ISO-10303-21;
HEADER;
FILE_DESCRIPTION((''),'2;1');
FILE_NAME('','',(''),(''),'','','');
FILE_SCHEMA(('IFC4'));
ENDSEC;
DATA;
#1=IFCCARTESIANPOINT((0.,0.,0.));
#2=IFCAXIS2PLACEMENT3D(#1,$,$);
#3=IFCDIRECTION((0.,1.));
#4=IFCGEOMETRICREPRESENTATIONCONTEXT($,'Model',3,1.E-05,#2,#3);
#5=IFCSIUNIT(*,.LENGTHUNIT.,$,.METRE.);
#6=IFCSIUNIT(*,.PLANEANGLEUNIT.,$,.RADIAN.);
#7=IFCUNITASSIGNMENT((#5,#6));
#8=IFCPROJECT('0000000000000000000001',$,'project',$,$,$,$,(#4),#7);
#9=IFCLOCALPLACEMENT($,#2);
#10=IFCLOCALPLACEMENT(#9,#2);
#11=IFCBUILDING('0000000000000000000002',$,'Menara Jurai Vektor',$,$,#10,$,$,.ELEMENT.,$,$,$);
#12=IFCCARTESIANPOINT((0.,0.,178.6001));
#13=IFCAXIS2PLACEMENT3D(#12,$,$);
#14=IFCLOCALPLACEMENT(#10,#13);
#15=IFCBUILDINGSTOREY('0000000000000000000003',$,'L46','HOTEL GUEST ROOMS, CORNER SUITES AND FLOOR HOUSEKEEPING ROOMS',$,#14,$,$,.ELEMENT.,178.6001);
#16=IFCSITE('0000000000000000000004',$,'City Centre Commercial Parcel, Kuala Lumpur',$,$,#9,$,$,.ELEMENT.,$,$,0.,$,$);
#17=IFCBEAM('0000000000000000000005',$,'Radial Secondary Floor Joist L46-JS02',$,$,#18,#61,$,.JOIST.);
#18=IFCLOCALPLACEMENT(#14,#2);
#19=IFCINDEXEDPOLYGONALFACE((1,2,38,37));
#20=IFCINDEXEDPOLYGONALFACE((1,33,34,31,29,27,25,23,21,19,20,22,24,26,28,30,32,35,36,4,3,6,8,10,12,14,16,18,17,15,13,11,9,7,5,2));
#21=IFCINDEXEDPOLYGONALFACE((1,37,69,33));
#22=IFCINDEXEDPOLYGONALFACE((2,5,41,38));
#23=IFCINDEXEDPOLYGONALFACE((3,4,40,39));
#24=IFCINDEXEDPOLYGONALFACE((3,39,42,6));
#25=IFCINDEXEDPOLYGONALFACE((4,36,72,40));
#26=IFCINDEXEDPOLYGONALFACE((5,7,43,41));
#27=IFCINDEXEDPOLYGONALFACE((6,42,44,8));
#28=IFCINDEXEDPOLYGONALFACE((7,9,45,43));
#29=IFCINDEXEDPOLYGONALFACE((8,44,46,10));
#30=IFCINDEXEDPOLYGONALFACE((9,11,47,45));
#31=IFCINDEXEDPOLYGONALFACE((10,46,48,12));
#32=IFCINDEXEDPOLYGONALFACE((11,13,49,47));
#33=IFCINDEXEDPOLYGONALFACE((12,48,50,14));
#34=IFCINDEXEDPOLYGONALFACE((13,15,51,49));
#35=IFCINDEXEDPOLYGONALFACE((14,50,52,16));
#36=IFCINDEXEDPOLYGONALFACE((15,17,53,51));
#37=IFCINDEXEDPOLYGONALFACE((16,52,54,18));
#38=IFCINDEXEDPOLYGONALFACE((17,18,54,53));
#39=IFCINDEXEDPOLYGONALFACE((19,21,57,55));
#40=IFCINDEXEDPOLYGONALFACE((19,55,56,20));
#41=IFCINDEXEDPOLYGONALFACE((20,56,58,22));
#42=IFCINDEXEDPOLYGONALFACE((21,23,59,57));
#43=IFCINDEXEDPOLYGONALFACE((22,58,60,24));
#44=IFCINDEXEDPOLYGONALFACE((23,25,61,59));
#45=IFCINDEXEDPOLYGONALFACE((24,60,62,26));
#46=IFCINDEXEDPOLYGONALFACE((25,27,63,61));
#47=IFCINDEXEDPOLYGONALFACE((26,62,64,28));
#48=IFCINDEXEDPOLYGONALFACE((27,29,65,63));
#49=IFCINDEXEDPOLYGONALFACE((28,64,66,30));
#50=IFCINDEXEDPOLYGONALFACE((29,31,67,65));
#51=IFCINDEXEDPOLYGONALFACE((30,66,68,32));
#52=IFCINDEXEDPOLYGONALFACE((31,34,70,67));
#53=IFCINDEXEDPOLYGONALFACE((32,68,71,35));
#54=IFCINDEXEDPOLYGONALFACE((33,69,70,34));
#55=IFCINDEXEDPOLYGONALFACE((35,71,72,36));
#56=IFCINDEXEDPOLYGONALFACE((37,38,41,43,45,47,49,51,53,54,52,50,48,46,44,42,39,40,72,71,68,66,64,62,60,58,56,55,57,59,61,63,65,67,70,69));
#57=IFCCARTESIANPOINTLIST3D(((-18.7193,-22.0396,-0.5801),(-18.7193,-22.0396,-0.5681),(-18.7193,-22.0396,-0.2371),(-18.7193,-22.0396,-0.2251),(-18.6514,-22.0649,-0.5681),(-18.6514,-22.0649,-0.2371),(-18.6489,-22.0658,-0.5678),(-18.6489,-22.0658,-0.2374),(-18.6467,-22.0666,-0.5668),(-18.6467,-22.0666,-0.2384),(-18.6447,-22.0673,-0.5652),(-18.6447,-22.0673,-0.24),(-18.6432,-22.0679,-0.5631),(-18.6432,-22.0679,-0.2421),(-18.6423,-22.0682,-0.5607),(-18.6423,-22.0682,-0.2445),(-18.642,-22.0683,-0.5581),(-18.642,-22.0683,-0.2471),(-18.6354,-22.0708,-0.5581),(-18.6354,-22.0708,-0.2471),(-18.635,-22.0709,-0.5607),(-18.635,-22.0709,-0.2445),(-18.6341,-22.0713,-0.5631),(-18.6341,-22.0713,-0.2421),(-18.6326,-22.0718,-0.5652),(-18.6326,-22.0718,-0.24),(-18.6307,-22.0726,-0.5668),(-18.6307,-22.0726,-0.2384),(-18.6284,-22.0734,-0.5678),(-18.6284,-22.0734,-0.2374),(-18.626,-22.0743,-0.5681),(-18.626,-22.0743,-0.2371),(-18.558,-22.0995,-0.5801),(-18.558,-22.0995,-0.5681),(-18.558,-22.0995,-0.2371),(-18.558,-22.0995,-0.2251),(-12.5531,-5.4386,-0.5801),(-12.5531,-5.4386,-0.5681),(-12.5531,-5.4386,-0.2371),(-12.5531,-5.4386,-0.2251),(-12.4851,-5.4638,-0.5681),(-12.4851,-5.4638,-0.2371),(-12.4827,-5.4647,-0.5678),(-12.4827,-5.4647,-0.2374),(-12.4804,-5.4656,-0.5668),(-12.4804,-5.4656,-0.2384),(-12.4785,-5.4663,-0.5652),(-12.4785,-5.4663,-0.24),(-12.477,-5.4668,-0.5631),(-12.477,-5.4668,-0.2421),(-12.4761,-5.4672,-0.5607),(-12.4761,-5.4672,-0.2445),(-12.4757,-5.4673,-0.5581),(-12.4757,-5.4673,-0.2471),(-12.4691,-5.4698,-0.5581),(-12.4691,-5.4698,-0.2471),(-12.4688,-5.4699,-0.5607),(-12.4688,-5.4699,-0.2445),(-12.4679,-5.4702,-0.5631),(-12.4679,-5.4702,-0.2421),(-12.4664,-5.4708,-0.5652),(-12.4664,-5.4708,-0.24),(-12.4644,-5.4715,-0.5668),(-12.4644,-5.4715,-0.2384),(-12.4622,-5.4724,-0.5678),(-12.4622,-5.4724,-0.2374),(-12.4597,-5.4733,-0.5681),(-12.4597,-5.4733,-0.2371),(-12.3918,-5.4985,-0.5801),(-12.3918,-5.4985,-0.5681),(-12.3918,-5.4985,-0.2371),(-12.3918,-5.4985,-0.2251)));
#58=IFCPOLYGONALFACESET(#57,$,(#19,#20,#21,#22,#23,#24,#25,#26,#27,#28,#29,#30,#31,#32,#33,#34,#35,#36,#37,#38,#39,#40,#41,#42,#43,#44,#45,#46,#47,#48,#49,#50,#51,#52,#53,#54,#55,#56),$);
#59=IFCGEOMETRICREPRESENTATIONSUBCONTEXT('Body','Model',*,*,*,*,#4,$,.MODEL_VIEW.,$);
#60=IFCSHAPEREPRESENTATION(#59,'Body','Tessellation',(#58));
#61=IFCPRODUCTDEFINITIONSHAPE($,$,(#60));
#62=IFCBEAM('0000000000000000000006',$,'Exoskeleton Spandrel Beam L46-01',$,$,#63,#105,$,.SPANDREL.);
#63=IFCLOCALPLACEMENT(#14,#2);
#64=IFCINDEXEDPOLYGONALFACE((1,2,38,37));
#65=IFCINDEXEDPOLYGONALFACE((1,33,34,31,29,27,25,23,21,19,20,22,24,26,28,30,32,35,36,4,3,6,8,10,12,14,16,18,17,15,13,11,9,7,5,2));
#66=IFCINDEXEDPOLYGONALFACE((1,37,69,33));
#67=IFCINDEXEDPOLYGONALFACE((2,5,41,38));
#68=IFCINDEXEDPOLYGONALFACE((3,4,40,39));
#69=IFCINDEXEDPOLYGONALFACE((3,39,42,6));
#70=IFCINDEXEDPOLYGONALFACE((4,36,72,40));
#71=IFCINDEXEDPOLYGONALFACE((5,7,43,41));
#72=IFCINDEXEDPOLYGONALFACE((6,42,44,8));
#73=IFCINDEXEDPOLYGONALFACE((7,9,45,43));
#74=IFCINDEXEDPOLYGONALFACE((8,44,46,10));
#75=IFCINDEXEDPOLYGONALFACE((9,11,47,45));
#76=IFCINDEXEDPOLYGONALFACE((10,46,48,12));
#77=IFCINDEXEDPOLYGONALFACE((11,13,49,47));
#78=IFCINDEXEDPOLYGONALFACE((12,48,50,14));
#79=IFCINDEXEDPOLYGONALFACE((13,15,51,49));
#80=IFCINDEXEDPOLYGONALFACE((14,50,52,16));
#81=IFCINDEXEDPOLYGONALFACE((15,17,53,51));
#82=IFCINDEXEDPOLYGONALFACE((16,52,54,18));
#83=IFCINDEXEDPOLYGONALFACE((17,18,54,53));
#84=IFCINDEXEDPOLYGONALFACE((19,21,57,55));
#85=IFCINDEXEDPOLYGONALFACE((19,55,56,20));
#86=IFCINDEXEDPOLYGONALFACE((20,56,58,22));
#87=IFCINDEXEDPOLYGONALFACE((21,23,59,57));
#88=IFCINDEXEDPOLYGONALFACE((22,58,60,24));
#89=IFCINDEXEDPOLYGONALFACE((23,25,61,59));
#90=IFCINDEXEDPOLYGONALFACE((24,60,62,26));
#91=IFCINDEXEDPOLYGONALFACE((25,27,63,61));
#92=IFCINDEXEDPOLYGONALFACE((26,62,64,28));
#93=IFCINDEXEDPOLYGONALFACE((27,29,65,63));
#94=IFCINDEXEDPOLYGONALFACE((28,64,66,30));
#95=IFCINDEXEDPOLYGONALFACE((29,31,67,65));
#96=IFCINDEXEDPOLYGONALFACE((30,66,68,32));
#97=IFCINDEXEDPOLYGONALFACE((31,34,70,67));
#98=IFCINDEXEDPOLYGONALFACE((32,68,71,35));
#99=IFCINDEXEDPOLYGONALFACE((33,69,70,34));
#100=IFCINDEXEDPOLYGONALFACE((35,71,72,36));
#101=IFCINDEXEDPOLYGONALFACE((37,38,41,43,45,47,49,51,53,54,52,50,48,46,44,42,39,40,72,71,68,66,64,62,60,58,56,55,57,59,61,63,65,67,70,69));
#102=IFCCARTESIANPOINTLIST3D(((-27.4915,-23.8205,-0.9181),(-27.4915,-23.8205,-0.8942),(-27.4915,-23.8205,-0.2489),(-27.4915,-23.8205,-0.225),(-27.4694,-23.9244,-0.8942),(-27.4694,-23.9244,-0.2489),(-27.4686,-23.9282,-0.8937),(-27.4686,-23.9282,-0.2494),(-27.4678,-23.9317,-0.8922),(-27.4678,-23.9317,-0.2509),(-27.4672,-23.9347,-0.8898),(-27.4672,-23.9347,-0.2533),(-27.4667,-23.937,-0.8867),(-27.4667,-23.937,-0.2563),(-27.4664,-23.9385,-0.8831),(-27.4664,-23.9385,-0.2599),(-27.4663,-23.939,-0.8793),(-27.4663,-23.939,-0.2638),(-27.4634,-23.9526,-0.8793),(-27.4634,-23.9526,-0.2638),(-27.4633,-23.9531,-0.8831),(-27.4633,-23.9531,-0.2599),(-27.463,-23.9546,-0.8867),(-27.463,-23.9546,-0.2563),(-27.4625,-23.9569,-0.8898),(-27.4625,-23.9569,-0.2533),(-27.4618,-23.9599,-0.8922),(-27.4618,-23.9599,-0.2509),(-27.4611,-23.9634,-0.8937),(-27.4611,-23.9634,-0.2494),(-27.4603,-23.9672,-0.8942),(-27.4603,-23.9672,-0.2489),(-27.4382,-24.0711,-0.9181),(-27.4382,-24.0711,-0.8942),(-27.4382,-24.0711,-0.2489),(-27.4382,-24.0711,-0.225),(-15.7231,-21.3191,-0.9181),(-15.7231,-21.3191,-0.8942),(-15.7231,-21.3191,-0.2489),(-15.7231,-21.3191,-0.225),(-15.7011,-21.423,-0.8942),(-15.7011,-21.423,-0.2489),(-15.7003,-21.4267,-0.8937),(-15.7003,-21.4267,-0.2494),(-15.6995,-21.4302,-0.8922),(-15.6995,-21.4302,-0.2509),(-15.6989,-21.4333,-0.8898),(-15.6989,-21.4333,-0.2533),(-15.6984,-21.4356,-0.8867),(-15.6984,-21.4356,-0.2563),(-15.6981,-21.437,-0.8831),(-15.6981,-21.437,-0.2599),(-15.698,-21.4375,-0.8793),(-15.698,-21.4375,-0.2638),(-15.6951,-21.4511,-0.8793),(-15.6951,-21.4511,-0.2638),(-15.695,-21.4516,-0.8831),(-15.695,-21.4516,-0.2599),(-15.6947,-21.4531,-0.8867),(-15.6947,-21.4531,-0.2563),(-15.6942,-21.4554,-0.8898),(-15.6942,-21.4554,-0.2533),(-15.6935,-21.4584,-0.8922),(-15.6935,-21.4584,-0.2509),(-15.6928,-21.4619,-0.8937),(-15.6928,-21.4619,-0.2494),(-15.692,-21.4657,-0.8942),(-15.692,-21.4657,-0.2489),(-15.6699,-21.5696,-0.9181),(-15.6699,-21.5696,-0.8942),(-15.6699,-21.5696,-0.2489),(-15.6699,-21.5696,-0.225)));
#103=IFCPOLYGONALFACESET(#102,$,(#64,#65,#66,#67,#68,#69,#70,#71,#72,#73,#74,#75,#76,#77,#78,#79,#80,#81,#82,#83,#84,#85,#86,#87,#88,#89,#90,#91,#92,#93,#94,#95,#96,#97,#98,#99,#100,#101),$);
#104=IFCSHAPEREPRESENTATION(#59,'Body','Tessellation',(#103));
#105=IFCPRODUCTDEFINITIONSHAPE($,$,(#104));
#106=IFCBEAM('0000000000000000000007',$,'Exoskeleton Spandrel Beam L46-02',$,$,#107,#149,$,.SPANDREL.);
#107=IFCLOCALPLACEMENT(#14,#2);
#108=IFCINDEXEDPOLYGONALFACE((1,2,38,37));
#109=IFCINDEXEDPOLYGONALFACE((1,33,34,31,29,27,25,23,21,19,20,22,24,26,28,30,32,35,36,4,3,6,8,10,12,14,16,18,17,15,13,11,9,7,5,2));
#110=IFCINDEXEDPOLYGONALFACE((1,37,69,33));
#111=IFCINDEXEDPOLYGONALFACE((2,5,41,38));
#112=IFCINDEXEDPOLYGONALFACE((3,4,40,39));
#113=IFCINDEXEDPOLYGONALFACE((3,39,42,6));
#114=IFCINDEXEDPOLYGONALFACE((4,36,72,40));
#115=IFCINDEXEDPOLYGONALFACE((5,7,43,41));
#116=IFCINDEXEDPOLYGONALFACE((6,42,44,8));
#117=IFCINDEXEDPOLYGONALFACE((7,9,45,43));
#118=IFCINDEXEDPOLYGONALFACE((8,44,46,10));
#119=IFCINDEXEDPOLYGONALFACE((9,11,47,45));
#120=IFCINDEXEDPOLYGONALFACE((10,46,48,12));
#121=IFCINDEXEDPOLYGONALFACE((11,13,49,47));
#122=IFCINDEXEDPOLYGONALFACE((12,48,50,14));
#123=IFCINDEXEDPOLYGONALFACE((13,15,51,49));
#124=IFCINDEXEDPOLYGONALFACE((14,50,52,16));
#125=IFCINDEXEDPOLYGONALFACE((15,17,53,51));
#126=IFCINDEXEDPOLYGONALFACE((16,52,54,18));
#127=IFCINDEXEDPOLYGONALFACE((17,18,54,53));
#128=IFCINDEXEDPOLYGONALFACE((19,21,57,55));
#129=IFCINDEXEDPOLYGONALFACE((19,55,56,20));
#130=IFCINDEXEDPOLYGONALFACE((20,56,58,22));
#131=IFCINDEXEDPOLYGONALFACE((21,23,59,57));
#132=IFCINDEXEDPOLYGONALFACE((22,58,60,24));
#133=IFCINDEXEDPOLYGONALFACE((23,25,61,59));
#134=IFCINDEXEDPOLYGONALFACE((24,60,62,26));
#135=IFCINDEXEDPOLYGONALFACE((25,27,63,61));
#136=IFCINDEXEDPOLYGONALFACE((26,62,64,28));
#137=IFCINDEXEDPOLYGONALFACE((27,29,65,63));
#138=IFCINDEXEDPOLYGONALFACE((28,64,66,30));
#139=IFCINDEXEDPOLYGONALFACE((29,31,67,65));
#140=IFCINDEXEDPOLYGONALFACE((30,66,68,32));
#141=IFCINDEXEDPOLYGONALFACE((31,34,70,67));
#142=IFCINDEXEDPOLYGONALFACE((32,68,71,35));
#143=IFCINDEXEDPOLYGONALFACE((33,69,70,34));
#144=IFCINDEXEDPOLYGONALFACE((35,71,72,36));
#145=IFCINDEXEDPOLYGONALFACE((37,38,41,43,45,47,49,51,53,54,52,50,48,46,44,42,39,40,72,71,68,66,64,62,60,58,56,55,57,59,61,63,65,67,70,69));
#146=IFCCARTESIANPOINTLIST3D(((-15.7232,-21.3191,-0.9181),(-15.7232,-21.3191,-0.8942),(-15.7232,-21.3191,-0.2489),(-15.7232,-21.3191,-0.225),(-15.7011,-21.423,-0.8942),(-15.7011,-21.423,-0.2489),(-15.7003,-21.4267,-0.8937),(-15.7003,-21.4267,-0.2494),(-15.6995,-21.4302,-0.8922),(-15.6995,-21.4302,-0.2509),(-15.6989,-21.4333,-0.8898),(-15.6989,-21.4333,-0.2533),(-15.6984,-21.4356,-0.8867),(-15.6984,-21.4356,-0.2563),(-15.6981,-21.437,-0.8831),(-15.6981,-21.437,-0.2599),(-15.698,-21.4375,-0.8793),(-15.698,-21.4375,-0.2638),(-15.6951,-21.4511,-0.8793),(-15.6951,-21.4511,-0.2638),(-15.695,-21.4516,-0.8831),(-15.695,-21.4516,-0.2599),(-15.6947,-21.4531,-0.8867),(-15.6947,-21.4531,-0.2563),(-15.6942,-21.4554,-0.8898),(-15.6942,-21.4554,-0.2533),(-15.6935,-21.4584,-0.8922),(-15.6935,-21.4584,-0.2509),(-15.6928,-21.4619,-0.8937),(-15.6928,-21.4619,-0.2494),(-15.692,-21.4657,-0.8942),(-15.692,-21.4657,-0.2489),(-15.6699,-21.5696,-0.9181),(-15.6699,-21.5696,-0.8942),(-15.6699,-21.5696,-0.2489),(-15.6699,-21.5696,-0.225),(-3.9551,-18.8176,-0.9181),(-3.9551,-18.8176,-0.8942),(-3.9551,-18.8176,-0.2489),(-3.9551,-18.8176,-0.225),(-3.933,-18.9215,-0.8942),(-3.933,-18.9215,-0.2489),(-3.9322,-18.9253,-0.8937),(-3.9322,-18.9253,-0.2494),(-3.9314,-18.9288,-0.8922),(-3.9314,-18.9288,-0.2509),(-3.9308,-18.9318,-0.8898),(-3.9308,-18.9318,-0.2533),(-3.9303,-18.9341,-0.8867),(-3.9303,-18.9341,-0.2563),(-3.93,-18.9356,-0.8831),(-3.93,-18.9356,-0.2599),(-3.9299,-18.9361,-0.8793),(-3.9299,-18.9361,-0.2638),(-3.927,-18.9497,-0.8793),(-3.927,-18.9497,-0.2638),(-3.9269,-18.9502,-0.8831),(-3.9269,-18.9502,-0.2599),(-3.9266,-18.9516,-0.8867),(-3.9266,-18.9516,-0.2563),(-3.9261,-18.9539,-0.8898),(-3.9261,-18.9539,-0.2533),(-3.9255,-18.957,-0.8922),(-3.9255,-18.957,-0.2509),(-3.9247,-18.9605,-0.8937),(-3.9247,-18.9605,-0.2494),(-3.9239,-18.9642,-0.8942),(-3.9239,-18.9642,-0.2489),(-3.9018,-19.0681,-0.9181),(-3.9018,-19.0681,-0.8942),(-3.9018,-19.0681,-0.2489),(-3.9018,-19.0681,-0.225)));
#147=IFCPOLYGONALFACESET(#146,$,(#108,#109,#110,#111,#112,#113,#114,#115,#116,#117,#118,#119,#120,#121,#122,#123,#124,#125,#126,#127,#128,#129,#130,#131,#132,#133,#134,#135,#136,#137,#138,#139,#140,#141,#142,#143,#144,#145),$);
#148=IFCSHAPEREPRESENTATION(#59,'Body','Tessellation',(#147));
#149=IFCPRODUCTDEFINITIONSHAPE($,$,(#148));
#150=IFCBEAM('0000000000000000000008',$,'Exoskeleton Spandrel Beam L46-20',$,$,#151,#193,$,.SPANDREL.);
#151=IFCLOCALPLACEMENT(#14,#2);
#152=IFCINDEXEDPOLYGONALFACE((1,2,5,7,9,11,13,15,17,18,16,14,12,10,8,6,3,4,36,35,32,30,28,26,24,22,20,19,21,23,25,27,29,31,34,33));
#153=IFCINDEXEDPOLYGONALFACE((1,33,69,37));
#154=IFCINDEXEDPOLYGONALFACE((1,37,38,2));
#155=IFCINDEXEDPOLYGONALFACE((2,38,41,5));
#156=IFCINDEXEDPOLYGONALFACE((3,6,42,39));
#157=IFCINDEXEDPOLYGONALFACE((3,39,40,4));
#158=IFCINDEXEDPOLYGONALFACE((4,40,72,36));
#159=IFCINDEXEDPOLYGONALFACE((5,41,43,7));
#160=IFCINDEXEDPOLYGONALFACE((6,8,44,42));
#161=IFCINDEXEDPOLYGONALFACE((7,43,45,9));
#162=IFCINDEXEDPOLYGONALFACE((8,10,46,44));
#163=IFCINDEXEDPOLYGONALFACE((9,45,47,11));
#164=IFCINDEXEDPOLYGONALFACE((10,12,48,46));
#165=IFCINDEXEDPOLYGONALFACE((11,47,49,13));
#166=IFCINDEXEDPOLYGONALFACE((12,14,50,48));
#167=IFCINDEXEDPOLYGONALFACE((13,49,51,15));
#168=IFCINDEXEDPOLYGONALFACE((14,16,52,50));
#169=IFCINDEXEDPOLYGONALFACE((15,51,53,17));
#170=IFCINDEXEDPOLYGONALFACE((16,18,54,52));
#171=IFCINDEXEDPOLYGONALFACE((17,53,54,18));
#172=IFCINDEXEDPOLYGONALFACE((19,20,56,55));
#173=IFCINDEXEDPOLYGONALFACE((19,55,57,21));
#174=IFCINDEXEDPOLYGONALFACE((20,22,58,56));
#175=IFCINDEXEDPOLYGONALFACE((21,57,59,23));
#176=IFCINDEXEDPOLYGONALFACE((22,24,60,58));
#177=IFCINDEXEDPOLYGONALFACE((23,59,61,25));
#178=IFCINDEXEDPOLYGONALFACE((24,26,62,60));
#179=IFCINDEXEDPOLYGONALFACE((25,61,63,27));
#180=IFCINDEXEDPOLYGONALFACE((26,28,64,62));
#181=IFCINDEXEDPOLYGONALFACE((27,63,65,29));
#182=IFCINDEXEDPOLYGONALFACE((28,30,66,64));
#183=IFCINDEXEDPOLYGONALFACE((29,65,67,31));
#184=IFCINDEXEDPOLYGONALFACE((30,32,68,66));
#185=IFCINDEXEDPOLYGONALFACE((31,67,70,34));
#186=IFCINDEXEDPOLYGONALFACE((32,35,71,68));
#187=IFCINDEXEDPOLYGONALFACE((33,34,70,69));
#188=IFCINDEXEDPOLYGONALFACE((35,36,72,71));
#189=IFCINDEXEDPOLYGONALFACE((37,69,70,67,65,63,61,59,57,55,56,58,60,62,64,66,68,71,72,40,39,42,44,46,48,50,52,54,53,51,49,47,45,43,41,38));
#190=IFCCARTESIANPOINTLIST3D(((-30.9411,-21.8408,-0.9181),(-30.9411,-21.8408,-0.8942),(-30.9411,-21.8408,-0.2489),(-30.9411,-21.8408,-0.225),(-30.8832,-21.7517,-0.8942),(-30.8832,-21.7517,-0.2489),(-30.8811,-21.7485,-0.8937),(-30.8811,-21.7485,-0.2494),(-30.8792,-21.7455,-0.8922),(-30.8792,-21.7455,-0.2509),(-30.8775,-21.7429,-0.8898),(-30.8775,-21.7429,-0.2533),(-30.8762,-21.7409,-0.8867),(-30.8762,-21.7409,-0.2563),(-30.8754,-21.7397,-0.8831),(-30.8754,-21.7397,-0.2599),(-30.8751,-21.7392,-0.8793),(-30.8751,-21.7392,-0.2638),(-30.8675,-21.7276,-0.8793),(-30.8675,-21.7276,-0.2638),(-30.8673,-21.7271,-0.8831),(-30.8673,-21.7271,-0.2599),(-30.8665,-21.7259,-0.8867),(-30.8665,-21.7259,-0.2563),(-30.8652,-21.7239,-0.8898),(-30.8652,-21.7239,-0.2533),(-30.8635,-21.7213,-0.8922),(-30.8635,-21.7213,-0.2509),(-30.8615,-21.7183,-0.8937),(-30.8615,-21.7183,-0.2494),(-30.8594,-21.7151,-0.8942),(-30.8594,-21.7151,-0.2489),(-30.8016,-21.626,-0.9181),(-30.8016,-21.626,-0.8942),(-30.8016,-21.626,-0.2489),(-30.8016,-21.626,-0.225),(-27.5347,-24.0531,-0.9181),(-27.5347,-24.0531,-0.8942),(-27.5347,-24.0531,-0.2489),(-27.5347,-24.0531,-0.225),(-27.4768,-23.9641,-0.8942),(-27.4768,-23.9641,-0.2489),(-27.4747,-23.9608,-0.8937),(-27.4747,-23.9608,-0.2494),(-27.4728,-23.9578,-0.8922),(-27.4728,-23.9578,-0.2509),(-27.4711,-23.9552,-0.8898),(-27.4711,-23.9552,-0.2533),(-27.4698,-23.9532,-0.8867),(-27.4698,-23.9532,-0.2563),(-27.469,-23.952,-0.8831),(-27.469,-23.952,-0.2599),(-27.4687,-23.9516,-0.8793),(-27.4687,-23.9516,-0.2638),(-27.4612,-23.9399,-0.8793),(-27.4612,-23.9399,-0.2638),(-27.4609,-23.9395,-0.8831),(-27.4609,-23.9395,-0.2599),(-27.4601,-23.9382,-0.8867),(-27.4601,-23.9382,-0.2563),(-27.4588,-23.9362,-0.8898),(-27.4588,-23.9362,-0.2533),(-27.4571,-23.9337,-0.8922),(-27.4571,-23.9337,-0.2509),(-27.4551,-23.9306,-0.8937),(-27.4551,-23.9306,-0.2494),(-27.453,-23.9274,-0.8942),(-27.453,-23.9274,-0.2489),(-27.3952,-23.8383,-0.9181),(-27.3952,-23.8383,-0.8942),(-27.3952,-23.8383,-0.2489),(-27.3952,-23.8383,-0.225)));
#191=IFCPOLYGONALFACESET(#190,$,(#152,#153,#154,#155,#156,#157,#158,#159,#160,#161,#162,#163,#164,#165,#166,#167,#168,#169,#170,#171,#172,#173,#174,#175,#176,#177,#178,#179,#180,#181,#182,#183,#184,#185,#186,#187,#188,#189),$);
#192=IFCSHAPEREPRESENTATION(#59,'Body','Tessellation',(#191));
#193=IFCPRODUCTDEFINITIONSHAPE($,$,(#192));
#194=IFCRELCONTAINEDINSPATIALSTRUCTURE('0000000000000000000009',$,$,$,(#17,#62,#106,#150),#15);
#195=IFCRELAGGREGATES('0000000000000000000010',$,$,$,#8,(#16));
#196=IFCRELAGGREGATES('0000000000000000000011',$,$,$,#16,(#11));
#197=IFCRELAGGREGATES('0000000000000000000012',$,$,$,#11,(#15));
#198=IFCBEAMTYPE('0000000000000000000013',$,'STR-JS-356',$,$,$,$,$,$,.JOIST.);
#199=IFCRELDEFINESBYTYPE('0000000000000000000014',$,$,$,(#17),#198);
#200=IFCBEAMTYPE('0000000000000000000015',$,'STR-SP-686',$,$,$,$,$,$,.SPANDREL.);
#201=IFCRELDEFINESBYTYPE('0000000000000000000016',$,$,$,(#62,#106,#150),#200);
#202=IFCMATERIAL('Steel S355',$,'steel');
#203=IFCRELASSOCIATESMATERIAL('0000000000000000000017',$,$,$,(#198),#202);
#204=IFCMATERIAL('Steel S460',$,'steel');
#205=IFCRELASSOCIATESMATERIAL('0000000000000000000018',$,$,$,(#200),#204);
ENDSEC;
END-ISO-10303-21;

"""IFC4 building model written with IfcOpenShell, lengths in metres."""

from ifc_helpers import new_model, si_unit, direction, frame, origin, origin_2d, place, context, subcontext, project, spatial, i_section, extrude, material, material_profile, profile_set, type_object, element, save


model = new_model("IFC4")

# Units and contexts
model_context = context("Model", 3, precision=1e-05, world=origin(), true_north=direction((0.0, 1.0)))
body_context = subcontext(model_context, "Body", "Model", "MODEL_VIEW")
ifc_project = project(units=[si_unit("LENGTHUNIT", "METRE"), si_unit("PLANEANGLEUNIT", "RADIAN")], contexts=[model_context])

# Site, building, storey
site_placement = place(None, origin())
site = spatial("IfcSite", under=ifc_project, at=site_placement, Name="City Centre Commercial Parcel, Kuala Lumpur", CompositionType="ELEMENT", RefElevation=0.0)
building_placement = place(site_placement, origin())
building = spatial("IfcBuilding", under=site, at=building_placement, Name="Menara Jurai Vektor", CompositionType="ELEMENT")
storey_placement = place(building_placement, frame((0.0, 0.0, 178.6001)))
storey = spatial("IfcBuildingStorey", under=building, at=storey_placement, Name="L46", Description="HOTEL GUEST ROOMS, CORNER SUITES AND FLOOR HOUSEKEEPING ROOMS", CompositionType="ELEMENT", Elevation=178.6001)

# Shared definitions
ifc_material_1 = material(Name="Steel S460", Category="steel")

# Shared definitions
ifc_material_2 = material(Name="Steel S355", Category="steel")

# Beams
ifc_material_profile_1 = material_profile(ifc_material_2, i_section(OverallWidth=0.1721, OverallDepth=0.355, WebThickness=0.0071, FlangeThickness=0.012, FilletRadius=0.01, at=origin_2d()), Name="UKB 356x171x51")
ifc_profile_set_1 = profile_set([ifc_material_profile_1], Name="Steel S355")
beam_type_1 = type_object("IfcBeamType", Name="STR-JS-356", PredefinedType="JOIST", material=ifc_profile_set_1)
beam_1_placement = place(storey_placement, frame((-18.6387, -22.0696, -0.4026), z_axis=(0.348194, 0.937423, 0.0), x_axis=(-0.937423, 0.348194, 0.0)))
element("IfcBeam", 1, at=beam_1_placement, inside=storey, type_object=beam_type_1, Name="Radial Secondary Floor Joist L46-JS02", PredefinedType="JOIST", context=body_context, shape_type="SweptSolid", body=[
    extrude(i_section(OverallWidth=0.1721, OverallDepth=0.355, WebThickness=0.0071, FlangeThickness=0.012, FilletRadius=0.01, at=origin_2d()), origin(), (0.0, 0.0, 1.0), 17.7092),
])
ifc_material_profile_2 = material_profile(ifc_material_1, i_section(OverallWidth=0.2561, OverallDepth=0.6931, WebThickness=0.0139, FlangeThickness=0.0239, FilletRadius=0.0149, at=origin_2d()), Name="UKB 686x254x170")
ifc_profile_set_2 = profile_set([ifc_material_profile_2], Name="Steel S460")
beam_type_2 = type_object("IfcBeamType", Name="STR-SP-686", PredefinedType="SPANDREL", material=ifc_profile_set_2)
beam_2_placement = place(storey_placement, frame((-27.4648, -23.9458, -0.5715), z_axis=(0.978147, 0.207914, 0.0), x_axis=(-0.207914, 0.978147, 0.0)))
element("IfcBeam", 2, at=beam_2_placement, inside=storey, type_object=beam_type_2, Name="Exoskeleton Spandrel Beam L46-01", PredefinedType="SPANDREL", context=body_context, shape_type="SweptSolid", body=[
    extrude(i_section(OverallWidth=0.2561, OverallDepth=0.6931, WebThickness=0.0139, FlangeThickness=0.0239, FilletRadius=0.0149, at=origin_2d()), origin(), (0.0, 0.0, 1.0), 12.0312),
])
beam_3_placement = place(storey_placement, frame((-15.6965, -21.4443, -0.5715), z_axis=(0.978146, 0.207918, 0.0), x_axis=(-0.207918, 0.978146, 0.0)))
element("IfcBeam", 3, at=beam_3_placement, inside=storey, type_object=beam_type_2, Name="Exoskeleton Spandrel Beam L46-02", PredefinedType="SPANDREL", context=body_context, shape_type="SweptSolid", body=[
    extrude(i_section(OverallWidth=0.2561, OverallDepth=0.6931, WebThickness=0.0139, FlangeThickness=0.0239, FilletRadius=0.0149, at=origin_2d()), origin(), (0.0, 0.0, 1.0), 12.031),
])
beam_4_placement = place(storey_placement, frame((-30.8713, -21.7334, -0.5715), z_axis=(0.838648, -0.544674, 0.0), x_axis=(0.544674, 0.838648, 0.0)))
element("IfcBeam", 4, at=beam_4_placement, inside=storey, type_object=beam_type_2, Name="Exoskeleton Spandrel Beam L46-20", PredefinedType="SPANDREL", context=body_context, shape_type="SweptSolid", body=[
    extrude(i_section(OverallWidth=0.2561, OverallDepth=0.6931, WebThickness=0.0139, FlangeThickness=0.0239, FilletRadius=0.0149, at=origin_2d()), origin(), (0.0, 0.0, 1.0), 4.0618),
])

save(model, "model.ifc")
